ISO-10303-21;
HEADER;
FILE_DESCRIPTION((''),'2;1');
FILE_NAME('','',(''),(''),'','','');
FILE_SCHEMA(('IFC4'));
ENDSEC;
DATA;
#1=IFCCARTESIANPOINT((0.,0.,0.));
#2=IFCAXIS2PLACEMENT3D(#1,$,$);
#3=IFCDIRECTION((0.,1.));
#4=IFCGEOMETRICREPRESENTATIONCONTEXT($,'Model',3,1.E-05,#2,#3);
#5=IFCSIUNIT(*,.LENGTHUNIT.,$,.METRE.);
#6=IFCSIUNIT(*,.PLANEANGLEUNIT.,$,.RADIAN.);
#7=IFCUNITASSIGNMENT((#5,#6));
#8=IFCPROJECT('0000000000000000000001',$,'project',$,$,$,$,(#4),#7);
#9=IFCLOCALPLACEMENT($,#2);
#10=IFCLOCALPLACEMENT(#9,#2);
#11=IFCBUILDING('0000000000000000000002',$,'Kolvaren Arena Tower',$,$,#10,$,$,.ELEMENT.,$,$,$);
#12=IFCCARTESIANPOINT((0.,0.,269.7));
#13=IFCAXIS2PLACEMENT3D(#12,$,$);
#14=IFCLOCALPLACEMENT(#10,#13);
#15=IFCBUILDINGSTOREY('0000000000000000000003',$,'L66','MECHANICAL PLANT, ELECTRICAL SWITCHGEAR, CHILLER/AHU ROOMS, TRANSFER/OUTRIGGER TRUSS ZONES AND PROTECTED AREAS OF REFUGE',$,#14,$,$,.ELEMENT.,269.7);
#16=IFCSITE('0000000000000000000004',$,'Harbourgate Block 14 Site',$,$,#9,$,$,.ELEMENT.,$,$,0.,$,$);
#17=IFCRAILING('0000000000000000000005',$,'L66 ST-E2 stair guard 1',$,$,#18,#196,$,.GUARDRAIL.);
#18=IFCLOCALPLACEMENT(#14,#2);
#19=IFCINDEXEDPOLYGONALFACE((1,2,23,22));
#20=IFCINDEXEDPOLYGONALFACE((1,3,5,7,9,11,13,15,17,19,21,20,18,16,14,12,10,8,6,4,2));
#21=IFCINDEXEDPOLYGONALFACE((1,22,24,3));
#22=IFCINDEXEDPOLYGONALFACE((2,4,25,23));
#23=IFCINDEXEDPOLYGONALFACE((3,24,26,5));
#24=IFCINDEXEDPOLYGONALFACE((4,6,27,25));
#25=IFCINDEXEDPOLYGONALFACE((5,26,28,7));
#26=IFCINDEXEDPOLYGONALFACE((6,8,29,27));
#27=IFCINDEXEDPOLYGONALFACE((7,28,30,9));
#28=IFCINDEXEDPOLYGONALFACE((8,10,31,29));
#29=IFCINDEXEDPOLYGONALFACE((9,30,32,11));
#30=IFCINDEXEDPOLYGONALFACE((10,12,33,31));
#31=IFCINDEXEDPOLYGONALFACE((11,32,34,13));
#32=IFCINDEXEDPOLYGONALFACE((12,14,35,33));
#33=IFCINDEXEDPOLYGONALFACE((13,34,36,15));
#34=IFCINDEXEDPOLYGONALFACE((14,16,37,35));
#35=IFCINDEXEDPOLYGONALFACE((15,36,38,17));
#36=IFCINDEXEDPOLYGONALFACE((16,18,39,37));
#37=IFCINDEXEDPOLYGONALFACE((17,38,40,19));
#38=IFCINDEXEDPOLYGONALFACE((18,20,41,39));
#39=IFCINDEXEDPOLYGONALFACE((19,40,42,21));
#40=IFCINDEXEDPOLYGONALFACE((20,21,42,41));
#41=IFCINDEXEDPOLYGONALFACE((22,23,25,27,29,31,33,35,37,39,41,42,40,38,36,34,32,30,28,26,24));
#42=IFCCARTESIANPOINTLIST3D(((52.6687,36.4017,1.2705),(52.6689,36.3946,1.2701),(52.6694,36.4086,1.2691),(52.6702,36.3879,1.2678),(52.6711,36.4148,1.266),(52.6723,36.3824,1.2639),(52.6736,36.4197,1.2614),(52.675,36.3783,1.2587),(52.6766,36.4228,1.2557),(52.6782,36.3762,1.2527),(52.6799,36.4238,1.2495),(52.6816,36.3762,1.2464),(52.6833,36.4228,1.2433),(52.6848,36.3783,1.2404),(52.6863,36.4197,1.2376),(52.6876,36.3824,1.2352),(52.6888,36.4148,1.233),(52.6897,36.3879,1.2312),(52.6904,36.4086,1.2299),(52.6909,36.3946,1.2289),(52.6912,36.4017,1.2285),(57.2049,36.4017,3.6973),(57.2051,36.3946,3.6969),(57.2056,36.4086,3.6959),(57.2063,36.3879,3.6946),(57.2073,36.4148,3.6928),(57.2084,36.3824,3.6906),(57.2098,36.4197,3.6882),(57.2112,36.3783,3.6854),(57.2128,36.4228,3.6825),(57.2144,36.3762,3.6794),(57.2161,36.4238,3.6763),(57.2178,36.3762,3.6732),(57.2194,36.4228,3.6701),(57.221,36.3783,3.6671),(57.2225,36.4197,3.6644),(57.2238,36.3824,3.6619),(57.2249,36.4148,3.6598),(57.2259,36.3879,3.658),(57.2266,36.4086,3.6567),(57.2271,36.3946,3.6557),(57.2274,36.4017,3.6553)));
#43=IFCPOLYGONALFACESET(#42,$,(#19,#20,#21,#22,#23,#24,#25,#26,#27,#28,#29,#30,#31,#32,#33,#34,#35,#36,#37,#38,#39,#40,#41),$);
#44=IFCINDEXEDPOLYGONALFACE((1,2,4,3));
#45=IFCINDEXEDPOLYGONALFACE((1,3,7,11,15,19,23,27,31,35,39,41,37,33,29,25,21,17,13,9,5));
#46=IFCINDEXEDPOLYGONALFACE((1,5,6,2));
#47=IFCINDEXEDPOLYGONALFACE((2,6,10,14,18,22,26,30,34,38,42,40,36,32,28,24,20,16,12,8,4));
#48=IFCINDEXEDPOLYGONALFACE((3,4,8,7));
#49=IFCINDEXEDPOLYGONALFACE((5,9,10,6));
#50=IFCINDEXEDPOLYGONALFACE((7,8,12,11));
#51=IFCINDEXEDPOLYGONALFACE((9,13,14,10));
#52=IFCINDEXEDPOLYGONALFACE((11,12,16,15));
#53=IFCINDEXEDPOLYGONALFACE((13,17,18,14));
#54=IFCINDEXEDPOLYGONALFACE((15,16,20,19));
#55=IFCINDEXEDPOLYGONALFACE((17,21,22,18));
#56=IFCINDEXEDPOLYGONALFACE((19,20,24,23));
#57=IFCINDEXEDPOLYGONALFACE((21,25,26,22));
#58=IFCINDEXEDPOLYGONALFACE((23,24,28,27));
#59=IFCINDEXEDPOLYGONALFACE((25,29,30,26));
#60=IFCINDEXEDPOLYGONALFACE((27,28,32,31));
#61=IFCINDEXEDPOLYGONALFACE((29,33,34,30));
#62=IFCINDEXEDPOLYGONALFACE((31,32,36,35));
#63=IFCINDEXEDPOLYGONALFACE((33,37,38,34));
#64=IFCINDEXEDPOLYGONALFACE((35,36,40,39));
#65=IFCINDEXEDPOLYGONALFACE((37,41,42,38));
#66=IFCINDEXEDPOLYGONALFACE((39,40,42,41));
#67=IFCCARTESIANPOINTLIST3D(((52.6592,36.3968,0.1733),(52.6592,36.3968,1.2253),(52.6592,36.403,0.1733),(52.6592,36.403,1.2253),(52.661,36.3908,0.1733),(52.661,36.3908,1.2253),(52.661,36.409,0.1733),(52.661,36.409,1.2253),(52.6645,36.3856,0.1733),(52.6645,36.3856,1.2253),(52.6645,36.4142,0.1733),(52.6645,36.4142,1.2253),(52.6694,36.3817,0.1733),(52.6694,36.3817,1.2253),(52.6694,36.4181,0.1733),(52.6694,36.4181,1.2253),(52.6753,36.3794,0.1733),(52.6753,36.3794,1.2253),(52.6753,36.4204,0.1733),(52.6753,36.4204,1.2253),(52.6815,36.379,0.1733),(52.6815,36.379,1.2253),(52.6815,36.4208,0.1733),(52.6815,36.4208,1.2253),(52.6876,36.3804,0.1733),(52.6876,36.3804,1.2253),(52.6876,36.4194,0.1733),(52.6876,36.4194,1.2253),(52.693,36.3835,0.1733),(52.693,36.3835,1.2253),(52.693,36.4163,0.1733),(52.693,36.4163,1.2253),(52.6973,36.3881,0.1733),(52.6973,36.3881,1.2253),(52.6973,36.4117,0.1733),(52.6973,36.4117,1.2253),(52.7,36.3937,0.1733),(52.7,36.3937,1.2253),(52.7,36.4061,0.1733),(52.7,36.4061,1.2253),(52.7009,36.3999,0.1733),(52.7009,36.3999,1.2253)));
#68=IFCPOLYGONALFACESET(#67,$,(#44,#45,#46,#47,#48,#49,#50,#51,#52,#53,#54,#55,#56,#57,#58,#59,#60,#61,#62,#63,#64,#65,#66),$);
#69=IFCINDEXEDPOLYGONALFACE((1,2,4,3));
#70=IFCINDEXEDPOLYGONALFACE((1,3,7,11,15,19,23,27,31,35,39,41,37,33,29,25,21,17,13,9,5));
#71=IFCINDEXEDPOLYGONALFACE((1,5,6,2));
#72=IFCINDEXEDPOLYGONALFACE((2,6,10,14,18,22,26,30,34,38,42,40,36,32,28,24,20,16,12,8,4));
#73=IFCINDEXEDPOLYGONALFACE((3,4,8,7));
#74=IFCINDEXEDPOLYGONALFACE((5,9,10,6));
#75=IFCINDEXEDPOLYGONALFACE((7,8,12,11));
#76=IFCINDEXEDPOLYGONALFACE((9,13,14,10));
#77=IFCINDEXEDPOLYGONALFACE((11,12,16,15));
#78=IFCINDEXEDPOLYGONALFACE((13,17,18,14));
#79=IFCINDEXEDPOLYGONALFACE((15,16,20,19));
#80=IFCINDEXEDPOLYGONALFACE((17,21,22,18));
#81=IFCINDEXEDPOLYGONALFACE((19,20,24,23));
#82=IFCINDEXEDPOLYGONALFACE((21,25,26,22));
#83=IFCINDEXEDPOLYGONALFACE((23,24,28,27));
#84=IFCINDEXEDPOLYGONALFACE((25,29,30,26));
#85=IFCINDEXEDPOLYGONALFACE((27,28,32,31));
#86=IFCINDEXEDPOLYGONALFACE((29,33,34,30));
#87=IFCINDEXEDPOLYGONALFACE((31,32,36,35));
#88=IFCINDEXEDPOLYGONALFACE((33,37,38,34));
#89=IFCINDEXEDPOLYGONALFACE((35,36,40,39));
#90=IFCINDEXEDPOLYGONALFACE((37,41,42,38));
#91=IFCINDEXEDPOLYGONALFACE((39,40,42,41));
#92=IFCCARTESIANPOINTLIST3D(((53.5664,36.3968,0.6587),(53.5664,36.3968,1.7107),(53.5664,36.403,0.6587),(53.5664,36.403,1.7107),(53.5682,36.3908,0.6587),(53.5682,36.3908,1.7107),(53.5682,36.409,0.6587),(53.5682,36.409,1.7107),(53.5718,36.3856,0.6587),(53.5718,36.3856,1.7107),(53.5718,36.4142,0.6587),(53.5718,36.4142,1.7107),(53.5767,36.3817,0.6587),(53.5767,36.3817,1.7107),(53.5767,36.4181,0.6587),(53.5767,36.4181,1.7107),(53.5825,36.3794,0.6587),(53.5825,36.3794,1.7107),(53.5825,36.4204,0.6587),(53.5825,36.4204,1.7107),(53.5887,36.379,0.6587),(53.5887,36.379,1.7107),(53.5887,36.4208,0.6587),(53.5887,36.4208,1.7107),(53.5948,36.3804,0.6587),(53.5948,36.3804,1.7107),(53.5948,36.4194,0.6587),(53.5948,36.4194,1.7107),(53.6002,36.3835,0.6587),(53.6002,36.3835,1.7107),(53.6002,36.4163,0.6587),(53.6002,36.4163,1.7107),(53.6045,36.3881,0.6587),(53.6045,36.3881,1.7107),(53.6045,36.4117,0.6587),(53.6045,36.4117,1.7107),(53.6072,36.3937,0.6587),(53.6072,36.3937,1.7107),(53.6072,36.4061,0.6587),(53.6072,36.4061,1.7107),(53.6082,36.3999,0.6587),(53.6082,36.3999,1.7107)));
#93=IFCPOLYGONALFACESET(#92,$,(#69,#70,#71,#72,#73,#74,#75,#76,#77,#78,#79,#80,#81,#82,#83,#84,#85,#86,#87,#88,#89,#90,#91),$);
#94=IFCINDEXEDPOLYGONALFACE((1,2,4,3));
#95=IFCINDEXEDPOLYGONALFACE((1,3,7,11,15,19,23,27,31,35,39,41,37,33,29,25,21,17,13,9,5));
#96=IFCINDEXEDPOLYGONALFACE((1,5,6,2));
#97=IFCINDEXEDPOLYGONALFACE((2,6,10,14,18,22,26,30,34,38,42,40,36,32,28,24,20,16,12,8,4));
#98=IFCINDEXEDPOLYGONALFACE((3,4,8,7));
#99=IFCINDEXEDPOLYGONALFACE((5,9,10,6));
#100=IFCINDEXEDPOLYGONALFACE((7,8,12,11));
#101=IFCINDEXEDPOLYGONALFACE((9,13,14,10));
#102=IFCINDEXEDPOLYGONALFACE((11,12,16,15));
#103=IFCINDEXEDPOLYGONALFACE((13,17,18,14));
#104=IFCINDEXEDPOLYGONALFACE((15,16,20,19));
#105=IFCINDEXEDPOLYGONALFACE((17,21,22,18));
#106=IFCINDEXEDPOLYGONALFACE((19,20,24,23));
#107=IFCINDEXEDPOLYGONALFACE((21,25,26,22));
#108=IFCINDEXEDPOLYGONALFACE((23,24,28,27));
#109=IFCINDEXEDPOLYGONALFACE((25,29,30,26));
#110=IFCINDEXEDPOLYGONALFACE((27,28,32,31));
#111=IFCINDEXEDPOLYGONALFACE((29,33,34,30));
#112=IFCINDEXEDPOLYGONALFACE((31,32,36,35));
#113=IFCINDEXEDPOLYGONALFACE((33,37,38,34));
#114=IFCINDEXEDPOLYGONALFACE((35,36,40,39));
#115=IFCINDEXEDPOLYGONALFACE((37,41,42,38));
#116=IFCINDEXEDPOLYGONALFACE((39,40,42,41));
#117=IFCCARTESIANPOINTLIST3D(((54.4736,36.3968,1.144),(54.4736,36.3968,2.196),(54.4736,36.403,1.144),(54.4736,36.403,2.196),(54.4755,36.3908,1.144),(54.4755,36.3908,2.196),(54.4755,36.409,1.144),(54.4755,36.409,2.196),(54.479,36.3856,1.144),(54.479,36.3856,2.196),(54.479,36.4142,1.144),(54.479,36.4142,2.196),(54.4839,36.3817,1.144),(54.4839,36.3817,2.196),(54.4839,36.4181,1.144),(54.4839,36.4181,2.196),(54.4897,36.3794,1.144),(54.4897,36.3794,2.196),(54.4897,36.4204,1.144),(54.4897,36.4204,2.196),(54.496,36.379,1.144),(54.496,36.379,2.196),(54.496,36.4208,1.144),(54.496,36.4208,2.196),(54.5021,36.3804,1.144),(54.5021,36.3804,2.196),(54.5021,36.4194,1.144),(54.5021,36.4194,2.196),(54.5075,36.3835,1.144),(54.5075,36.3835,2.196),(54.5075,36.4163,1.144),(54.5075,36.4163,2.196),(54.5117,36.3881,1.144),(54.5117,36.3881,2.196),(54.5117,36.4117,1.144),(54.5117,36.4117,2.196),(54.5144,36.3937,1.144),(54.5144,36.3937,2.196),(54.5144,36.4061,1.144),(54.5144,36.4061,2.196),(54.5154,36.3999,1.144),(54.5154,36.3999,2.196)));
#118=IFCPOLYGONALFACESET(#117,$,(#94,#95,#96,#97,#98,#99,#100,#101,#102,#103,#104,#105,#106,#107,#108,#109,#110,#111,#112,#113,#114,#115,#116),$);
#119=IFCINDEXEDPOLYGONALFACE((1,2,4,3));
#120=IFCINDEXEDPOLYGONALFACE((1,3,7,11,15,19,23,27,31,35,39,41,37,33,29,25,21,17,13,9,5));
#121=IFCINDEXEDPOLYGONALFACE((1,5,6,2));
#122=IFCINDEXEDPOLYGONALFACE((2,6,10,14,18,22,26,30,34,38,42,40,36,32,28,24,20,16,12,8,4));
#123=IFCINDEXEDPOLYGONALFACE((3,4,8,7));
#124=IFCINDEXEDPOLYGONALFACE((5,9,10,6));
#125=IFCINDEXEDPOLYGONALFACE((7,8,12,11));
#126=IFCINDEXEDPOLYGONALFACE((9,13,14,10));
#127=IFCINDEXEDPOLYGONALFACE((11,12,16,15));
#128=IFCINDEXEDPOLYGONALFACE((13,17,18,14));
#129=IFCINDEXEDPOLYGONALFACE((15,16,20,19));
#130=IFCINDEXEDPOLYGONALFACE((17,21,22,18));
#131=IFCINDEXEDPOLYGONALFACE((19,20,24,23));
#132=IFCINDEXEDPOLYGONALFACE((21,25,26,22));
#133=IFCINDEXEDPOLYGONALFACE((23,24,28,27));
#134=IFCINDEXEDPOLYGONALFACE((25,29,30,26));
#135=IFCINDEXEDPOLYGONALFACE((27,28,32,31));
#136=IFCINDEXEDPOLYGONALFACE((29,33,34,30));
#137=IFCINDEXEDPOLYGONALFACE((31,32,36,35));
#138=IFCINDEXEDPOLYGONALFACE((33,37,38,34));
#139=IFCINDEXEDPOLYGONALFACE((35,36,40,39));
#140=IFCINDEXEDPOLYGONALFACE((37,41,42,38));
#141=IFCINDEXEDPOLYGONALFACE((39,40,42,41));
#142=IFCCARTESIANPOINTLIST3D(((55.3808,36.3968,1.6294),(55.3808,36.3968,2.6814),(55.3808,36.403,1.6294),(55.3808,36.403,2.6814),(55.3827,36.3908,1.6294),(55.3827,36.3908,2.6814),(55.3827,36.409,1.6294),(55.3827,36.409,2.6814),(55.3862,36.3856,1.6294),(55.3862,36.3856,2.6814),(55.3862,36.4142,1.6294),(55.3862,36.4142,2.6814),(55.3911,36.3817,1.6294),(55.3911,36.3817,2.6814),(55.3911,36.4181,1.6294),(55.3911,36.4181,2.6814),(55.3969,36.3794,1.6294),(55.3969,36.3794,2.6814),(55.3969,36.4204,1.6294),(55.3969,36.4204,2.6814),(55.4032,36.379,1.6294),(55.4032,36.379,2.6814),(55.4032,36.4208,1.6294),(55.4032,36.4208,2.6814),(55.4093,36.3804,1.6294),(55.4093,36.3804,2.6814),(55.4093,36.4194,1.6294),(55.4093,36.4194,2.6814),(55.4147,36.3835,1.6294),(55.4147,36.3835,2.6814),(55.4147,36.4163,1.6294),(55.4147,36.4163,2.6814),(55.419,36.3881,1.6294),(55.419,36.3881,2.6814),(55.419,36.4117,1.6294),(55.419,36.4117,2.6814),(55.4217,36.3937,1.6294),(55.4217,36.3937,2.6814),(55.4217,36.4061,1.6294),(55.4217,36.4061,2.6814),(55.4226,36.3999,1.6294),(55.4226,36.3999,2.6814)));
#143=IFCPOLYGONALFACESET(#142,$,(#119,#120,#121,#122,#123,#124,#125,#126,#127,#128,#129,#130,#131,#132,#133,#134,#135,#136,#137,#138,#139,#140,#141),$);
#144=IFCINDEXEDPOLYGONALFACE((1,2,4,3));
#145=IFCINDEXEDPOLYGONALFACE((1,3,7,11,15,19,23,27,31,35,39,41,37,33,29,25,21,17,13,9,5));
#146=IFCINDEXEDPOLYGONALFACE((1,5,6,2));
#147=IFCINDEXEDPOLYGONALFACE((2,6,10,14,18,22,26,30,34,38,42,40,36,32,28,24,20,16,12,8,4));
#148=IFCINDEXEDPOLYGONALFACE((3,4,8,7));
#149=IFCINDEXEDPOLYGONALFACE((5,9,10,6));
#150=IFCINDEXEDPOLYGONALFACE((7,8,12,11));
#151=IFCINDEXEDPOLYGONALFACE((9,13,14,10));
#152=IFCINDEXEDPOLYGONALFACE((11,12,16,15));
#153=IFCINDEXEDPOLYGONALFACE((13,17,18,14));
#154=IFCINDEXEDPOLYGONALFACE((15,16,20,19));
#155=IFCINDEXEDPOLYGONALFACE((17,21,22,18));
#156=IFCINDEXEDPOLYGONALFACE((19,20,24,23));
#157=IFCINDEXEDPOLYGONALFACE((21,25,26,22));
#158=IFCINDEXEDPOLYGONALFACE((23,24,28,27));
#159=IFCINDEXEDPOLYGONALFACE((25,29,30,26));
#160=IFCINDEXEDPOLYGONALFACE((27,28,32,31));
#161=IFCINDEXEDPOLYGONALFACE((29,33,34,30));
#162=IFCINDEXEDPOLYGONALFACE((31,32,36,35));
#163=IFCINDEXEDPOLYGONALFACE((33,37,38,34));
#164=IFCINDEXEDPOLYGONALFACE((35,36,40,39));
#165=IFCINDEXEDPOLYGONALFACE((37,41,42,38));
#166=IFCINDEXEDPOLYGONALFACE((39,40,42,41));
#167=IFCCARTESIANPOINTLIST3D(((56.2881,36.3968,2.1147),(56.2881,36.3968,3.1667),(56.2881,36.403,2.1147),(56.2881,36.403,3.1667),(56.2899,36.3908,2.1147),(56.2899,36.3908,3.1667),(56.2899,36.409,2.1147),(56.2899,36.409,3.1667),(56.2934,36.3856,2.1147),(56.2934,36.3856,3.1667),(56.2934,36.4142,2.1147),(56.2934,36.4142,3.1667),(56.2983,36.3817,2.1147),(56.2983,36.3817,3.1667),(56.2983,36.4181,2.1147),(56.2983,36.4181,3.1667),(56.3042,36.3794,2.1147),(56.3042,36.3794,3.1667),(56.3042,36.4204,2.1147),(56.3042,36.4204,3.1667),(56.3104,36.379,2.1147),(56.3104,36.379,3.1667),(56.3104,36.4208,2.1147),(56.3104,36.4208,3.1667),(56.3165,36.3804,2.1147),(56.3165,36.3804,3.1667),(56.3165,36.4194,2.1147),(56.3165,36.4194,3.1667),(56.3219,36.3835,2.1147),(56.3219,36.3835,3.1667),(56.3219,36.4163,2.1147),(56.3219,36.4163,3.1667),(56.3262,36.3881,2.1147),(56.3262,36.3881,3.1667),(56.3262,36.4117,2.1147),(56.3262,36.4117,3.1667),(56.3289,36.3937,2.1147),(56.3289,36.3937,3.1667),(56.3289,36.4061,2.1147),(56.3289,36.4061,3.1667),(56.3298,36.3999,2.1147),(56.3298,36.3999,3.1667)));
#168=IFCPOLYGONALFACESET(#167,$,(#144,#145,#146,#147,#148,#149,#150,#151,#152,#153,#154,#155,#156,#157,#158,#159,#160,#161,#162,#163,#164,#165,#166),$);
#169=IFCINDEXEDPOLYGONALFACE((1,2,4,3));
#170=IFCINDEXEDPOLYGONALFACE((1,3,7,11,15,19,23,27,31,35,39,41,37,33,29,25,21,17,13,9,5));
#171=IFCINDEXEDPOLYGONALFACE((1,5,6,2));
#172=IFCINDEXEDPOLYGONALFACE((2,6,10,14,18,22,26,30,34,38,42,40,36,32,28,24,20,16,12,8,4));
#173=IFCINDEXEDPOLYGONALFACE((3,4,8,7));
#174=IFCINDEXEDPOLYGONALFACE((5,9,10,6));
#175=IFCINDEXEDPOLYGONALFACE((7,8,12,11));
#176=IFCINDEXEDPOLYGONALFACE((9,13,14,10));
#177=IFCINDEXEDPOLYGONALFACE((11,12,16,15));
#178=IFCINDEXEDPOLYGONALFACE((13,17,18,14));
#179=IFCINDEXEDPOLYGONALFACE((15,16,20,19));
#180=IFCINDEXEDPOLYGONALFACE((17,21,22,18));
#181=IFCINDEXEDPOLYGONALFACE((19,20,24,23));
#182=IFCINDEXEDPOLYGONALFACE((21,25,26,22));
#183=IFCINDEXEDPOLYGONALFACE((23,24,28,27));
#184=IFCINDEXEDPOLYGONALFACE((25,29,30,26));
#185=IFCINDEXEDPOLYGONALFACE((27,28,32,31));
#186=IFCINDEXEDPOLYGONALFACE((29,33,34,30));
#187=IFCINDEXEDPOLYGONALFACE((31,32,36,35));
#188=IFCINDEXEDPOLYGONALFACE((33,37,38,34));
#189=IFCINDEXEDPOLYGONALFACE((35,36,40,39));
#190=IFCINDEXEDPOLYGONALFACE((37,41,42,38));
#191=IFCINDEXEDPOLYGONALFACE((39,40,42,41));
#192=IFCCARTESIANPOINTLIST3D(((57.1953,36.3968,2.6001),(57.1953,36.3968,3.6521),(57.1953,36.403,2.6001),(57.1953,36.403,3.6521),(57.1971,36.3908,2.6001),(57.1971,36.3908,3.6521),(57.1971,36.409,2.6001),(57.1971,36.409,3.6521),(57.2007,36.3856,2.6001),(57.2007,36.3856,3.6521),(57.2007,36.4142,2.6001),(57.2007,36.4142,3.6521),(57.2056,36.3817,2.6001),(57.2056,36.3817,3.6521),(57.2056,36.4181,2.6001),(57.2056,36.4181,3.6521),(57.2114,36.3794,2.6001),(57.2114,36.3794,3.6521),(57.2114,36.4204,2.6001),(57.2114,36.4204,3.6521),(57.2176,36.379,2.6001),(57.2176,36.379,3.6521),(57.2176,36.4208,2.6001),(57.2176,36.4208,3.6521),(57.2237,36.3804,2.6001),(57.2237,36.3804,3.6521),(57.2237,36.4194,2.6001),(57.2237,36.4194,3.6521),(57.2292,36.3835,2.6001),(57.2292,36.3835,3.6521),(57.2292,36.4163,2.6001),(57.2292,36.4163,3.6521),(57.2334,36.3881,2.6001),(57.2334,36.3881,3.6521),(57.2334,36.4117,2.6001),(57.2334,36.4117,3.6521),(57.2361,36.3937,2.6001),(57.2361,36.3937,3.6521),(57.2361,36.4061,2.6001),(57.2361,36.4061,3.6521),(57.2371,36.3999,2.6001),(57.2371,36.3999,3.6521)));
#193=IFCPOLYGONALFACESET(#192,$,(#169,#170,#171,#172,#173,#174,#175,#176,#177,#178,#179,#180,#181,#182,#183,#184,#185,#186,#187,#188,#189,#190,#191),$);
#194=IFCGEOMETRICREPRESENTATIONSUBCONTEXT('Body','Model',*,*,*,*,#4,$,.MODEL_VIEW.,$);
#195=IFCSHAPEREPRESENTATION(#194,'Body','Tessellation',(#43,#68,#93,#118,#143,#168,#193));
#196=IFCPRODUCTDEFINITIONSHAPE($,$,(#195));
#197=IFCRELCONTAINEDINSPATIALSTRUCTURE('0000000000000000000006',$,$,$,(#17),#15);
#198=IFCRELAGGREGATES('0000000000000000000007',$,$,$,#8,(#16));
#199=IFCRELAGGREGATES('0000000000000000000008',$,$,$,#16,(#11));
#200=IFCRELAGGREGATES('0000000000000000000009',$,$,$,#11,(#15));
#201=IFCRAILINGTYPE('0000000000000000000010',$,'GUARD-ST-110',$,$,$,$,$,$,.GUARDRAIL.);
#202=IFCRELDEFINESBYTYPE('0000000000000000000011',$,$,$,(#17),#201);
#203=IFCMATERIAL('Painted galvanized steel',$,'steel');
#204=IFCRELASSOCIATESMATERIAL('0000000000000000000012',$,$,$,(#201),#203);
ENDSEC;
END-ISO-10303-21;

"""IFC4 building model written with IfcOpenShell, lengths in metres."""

from ifc_helpers import new_model, si_unit, direction, frame, origin, origin_2d, place, context, subcontext, project, spatial, circle, extrude, material, type_object, element, save


model = new_model("IFC4")

# Units and contexts
model_context = context("Model", 3, precision=1e-05, world=origin(), true_north=direction((0.0, 1.0)))
body_context = subcontext(model_context, "Body", "Model", "MODEL_VIEW")
ifc_project = project(units=[si_unit("LENGTHUNIT", "METRE"), si_unit("PLANEANGLEUNIT", "RADIAN")], contexts=[model_context])

# Site, building, storey
site_placement = place(None, origin())
site = spatial("IfcSite", under=ifc_project, at=site_placement, Name="Harbourgate Block 14 Site", CompositionType="ELEMENT", RefElevation=0.0)
building_placement = place(site_placement, origin())
building = spatial("IfcBuilding", under=site, at=building_placement, Name="Kolvaren Arena Tower", CompositionType="ELEMENT")
storey_placement = place(building_placement, frame((0.0, 0.0, 269.7)))
storey = spatial("IfcBuildingStorey", under=building, at=storey_placement, Name="L66", Description="MECHANICAL PLANT, ELECTRICAL SWITCHGEAR, CHILLER/AHU ROOMS, TRANSFER/OUTRIGGER TRUSS ZONES AND PROTECTED AREAS OF REFUGE", CompositionType="ELEMENT", Elevation=269.7)

# Railing
ifc_material_1 = material(Name="Painted galvanized steel", Category="steel")
railing_type_1 = type_object("IfcRailingType", Name="GUARD-ST-110", PredefinedType="GUARDRAIL", material=ifc_material_1)
railing_1_placement = place(storey_placement, frame((52.6799, 36.3999, 0.1733)))
element("IfcRailing", 1, at=railing_1_placement, inside=storey, type_object=railing_type_1, Name="L66 ST-E2 stair guard 1", PredefinedType="GUARDRAIL", context=body_context, shape_type="SweptSolid", body=[
    extrude(circle(Radius=0.0239, at=origin_2d()), frame((0.0, 0.0, 1.0762), z_axis=(0.881748, 0.0, 0.471721), x_axis=(0.0, 1.0, 0.0)), (0.0, 0.0, 1.0), 5.1445),
    extrude(circle(Radius=0.021, at=origin_2d()), origin(), (0.0, 0.0, 1.0), 1.052),
    extrude(circle(Radius=0.021, at=origin_2d()), frame((0.9072, 0.0, 0.4854)), (0.0, 0.0, 1.0), 1.052),
    extrude(circle(Radius=0.021, at=origin_2d()), frame((1.8145, 0.0, 0.9707)), (0.0, 0.0, 1.0), 1.052),
    extrude(circle(Radius=0.021, at=origin_2d()), frame((2.7217, 0.0, 1.4561)), (0.0, 0.0, 1.0), 1.052),
    extrude(circle(Radius=0.021, at=origin_2d()), frame((3.6289, 0.0, 1.9414)), (0.0, 0.0, 1.0), 1.052),
    extrude(circle(Radius=0.021, at=origin_2d()), frame((4.5361, 0.0, 2.4268)), (0.0, 0.0, 1.0), 1.052),
])

save(model, "model.ifc")
